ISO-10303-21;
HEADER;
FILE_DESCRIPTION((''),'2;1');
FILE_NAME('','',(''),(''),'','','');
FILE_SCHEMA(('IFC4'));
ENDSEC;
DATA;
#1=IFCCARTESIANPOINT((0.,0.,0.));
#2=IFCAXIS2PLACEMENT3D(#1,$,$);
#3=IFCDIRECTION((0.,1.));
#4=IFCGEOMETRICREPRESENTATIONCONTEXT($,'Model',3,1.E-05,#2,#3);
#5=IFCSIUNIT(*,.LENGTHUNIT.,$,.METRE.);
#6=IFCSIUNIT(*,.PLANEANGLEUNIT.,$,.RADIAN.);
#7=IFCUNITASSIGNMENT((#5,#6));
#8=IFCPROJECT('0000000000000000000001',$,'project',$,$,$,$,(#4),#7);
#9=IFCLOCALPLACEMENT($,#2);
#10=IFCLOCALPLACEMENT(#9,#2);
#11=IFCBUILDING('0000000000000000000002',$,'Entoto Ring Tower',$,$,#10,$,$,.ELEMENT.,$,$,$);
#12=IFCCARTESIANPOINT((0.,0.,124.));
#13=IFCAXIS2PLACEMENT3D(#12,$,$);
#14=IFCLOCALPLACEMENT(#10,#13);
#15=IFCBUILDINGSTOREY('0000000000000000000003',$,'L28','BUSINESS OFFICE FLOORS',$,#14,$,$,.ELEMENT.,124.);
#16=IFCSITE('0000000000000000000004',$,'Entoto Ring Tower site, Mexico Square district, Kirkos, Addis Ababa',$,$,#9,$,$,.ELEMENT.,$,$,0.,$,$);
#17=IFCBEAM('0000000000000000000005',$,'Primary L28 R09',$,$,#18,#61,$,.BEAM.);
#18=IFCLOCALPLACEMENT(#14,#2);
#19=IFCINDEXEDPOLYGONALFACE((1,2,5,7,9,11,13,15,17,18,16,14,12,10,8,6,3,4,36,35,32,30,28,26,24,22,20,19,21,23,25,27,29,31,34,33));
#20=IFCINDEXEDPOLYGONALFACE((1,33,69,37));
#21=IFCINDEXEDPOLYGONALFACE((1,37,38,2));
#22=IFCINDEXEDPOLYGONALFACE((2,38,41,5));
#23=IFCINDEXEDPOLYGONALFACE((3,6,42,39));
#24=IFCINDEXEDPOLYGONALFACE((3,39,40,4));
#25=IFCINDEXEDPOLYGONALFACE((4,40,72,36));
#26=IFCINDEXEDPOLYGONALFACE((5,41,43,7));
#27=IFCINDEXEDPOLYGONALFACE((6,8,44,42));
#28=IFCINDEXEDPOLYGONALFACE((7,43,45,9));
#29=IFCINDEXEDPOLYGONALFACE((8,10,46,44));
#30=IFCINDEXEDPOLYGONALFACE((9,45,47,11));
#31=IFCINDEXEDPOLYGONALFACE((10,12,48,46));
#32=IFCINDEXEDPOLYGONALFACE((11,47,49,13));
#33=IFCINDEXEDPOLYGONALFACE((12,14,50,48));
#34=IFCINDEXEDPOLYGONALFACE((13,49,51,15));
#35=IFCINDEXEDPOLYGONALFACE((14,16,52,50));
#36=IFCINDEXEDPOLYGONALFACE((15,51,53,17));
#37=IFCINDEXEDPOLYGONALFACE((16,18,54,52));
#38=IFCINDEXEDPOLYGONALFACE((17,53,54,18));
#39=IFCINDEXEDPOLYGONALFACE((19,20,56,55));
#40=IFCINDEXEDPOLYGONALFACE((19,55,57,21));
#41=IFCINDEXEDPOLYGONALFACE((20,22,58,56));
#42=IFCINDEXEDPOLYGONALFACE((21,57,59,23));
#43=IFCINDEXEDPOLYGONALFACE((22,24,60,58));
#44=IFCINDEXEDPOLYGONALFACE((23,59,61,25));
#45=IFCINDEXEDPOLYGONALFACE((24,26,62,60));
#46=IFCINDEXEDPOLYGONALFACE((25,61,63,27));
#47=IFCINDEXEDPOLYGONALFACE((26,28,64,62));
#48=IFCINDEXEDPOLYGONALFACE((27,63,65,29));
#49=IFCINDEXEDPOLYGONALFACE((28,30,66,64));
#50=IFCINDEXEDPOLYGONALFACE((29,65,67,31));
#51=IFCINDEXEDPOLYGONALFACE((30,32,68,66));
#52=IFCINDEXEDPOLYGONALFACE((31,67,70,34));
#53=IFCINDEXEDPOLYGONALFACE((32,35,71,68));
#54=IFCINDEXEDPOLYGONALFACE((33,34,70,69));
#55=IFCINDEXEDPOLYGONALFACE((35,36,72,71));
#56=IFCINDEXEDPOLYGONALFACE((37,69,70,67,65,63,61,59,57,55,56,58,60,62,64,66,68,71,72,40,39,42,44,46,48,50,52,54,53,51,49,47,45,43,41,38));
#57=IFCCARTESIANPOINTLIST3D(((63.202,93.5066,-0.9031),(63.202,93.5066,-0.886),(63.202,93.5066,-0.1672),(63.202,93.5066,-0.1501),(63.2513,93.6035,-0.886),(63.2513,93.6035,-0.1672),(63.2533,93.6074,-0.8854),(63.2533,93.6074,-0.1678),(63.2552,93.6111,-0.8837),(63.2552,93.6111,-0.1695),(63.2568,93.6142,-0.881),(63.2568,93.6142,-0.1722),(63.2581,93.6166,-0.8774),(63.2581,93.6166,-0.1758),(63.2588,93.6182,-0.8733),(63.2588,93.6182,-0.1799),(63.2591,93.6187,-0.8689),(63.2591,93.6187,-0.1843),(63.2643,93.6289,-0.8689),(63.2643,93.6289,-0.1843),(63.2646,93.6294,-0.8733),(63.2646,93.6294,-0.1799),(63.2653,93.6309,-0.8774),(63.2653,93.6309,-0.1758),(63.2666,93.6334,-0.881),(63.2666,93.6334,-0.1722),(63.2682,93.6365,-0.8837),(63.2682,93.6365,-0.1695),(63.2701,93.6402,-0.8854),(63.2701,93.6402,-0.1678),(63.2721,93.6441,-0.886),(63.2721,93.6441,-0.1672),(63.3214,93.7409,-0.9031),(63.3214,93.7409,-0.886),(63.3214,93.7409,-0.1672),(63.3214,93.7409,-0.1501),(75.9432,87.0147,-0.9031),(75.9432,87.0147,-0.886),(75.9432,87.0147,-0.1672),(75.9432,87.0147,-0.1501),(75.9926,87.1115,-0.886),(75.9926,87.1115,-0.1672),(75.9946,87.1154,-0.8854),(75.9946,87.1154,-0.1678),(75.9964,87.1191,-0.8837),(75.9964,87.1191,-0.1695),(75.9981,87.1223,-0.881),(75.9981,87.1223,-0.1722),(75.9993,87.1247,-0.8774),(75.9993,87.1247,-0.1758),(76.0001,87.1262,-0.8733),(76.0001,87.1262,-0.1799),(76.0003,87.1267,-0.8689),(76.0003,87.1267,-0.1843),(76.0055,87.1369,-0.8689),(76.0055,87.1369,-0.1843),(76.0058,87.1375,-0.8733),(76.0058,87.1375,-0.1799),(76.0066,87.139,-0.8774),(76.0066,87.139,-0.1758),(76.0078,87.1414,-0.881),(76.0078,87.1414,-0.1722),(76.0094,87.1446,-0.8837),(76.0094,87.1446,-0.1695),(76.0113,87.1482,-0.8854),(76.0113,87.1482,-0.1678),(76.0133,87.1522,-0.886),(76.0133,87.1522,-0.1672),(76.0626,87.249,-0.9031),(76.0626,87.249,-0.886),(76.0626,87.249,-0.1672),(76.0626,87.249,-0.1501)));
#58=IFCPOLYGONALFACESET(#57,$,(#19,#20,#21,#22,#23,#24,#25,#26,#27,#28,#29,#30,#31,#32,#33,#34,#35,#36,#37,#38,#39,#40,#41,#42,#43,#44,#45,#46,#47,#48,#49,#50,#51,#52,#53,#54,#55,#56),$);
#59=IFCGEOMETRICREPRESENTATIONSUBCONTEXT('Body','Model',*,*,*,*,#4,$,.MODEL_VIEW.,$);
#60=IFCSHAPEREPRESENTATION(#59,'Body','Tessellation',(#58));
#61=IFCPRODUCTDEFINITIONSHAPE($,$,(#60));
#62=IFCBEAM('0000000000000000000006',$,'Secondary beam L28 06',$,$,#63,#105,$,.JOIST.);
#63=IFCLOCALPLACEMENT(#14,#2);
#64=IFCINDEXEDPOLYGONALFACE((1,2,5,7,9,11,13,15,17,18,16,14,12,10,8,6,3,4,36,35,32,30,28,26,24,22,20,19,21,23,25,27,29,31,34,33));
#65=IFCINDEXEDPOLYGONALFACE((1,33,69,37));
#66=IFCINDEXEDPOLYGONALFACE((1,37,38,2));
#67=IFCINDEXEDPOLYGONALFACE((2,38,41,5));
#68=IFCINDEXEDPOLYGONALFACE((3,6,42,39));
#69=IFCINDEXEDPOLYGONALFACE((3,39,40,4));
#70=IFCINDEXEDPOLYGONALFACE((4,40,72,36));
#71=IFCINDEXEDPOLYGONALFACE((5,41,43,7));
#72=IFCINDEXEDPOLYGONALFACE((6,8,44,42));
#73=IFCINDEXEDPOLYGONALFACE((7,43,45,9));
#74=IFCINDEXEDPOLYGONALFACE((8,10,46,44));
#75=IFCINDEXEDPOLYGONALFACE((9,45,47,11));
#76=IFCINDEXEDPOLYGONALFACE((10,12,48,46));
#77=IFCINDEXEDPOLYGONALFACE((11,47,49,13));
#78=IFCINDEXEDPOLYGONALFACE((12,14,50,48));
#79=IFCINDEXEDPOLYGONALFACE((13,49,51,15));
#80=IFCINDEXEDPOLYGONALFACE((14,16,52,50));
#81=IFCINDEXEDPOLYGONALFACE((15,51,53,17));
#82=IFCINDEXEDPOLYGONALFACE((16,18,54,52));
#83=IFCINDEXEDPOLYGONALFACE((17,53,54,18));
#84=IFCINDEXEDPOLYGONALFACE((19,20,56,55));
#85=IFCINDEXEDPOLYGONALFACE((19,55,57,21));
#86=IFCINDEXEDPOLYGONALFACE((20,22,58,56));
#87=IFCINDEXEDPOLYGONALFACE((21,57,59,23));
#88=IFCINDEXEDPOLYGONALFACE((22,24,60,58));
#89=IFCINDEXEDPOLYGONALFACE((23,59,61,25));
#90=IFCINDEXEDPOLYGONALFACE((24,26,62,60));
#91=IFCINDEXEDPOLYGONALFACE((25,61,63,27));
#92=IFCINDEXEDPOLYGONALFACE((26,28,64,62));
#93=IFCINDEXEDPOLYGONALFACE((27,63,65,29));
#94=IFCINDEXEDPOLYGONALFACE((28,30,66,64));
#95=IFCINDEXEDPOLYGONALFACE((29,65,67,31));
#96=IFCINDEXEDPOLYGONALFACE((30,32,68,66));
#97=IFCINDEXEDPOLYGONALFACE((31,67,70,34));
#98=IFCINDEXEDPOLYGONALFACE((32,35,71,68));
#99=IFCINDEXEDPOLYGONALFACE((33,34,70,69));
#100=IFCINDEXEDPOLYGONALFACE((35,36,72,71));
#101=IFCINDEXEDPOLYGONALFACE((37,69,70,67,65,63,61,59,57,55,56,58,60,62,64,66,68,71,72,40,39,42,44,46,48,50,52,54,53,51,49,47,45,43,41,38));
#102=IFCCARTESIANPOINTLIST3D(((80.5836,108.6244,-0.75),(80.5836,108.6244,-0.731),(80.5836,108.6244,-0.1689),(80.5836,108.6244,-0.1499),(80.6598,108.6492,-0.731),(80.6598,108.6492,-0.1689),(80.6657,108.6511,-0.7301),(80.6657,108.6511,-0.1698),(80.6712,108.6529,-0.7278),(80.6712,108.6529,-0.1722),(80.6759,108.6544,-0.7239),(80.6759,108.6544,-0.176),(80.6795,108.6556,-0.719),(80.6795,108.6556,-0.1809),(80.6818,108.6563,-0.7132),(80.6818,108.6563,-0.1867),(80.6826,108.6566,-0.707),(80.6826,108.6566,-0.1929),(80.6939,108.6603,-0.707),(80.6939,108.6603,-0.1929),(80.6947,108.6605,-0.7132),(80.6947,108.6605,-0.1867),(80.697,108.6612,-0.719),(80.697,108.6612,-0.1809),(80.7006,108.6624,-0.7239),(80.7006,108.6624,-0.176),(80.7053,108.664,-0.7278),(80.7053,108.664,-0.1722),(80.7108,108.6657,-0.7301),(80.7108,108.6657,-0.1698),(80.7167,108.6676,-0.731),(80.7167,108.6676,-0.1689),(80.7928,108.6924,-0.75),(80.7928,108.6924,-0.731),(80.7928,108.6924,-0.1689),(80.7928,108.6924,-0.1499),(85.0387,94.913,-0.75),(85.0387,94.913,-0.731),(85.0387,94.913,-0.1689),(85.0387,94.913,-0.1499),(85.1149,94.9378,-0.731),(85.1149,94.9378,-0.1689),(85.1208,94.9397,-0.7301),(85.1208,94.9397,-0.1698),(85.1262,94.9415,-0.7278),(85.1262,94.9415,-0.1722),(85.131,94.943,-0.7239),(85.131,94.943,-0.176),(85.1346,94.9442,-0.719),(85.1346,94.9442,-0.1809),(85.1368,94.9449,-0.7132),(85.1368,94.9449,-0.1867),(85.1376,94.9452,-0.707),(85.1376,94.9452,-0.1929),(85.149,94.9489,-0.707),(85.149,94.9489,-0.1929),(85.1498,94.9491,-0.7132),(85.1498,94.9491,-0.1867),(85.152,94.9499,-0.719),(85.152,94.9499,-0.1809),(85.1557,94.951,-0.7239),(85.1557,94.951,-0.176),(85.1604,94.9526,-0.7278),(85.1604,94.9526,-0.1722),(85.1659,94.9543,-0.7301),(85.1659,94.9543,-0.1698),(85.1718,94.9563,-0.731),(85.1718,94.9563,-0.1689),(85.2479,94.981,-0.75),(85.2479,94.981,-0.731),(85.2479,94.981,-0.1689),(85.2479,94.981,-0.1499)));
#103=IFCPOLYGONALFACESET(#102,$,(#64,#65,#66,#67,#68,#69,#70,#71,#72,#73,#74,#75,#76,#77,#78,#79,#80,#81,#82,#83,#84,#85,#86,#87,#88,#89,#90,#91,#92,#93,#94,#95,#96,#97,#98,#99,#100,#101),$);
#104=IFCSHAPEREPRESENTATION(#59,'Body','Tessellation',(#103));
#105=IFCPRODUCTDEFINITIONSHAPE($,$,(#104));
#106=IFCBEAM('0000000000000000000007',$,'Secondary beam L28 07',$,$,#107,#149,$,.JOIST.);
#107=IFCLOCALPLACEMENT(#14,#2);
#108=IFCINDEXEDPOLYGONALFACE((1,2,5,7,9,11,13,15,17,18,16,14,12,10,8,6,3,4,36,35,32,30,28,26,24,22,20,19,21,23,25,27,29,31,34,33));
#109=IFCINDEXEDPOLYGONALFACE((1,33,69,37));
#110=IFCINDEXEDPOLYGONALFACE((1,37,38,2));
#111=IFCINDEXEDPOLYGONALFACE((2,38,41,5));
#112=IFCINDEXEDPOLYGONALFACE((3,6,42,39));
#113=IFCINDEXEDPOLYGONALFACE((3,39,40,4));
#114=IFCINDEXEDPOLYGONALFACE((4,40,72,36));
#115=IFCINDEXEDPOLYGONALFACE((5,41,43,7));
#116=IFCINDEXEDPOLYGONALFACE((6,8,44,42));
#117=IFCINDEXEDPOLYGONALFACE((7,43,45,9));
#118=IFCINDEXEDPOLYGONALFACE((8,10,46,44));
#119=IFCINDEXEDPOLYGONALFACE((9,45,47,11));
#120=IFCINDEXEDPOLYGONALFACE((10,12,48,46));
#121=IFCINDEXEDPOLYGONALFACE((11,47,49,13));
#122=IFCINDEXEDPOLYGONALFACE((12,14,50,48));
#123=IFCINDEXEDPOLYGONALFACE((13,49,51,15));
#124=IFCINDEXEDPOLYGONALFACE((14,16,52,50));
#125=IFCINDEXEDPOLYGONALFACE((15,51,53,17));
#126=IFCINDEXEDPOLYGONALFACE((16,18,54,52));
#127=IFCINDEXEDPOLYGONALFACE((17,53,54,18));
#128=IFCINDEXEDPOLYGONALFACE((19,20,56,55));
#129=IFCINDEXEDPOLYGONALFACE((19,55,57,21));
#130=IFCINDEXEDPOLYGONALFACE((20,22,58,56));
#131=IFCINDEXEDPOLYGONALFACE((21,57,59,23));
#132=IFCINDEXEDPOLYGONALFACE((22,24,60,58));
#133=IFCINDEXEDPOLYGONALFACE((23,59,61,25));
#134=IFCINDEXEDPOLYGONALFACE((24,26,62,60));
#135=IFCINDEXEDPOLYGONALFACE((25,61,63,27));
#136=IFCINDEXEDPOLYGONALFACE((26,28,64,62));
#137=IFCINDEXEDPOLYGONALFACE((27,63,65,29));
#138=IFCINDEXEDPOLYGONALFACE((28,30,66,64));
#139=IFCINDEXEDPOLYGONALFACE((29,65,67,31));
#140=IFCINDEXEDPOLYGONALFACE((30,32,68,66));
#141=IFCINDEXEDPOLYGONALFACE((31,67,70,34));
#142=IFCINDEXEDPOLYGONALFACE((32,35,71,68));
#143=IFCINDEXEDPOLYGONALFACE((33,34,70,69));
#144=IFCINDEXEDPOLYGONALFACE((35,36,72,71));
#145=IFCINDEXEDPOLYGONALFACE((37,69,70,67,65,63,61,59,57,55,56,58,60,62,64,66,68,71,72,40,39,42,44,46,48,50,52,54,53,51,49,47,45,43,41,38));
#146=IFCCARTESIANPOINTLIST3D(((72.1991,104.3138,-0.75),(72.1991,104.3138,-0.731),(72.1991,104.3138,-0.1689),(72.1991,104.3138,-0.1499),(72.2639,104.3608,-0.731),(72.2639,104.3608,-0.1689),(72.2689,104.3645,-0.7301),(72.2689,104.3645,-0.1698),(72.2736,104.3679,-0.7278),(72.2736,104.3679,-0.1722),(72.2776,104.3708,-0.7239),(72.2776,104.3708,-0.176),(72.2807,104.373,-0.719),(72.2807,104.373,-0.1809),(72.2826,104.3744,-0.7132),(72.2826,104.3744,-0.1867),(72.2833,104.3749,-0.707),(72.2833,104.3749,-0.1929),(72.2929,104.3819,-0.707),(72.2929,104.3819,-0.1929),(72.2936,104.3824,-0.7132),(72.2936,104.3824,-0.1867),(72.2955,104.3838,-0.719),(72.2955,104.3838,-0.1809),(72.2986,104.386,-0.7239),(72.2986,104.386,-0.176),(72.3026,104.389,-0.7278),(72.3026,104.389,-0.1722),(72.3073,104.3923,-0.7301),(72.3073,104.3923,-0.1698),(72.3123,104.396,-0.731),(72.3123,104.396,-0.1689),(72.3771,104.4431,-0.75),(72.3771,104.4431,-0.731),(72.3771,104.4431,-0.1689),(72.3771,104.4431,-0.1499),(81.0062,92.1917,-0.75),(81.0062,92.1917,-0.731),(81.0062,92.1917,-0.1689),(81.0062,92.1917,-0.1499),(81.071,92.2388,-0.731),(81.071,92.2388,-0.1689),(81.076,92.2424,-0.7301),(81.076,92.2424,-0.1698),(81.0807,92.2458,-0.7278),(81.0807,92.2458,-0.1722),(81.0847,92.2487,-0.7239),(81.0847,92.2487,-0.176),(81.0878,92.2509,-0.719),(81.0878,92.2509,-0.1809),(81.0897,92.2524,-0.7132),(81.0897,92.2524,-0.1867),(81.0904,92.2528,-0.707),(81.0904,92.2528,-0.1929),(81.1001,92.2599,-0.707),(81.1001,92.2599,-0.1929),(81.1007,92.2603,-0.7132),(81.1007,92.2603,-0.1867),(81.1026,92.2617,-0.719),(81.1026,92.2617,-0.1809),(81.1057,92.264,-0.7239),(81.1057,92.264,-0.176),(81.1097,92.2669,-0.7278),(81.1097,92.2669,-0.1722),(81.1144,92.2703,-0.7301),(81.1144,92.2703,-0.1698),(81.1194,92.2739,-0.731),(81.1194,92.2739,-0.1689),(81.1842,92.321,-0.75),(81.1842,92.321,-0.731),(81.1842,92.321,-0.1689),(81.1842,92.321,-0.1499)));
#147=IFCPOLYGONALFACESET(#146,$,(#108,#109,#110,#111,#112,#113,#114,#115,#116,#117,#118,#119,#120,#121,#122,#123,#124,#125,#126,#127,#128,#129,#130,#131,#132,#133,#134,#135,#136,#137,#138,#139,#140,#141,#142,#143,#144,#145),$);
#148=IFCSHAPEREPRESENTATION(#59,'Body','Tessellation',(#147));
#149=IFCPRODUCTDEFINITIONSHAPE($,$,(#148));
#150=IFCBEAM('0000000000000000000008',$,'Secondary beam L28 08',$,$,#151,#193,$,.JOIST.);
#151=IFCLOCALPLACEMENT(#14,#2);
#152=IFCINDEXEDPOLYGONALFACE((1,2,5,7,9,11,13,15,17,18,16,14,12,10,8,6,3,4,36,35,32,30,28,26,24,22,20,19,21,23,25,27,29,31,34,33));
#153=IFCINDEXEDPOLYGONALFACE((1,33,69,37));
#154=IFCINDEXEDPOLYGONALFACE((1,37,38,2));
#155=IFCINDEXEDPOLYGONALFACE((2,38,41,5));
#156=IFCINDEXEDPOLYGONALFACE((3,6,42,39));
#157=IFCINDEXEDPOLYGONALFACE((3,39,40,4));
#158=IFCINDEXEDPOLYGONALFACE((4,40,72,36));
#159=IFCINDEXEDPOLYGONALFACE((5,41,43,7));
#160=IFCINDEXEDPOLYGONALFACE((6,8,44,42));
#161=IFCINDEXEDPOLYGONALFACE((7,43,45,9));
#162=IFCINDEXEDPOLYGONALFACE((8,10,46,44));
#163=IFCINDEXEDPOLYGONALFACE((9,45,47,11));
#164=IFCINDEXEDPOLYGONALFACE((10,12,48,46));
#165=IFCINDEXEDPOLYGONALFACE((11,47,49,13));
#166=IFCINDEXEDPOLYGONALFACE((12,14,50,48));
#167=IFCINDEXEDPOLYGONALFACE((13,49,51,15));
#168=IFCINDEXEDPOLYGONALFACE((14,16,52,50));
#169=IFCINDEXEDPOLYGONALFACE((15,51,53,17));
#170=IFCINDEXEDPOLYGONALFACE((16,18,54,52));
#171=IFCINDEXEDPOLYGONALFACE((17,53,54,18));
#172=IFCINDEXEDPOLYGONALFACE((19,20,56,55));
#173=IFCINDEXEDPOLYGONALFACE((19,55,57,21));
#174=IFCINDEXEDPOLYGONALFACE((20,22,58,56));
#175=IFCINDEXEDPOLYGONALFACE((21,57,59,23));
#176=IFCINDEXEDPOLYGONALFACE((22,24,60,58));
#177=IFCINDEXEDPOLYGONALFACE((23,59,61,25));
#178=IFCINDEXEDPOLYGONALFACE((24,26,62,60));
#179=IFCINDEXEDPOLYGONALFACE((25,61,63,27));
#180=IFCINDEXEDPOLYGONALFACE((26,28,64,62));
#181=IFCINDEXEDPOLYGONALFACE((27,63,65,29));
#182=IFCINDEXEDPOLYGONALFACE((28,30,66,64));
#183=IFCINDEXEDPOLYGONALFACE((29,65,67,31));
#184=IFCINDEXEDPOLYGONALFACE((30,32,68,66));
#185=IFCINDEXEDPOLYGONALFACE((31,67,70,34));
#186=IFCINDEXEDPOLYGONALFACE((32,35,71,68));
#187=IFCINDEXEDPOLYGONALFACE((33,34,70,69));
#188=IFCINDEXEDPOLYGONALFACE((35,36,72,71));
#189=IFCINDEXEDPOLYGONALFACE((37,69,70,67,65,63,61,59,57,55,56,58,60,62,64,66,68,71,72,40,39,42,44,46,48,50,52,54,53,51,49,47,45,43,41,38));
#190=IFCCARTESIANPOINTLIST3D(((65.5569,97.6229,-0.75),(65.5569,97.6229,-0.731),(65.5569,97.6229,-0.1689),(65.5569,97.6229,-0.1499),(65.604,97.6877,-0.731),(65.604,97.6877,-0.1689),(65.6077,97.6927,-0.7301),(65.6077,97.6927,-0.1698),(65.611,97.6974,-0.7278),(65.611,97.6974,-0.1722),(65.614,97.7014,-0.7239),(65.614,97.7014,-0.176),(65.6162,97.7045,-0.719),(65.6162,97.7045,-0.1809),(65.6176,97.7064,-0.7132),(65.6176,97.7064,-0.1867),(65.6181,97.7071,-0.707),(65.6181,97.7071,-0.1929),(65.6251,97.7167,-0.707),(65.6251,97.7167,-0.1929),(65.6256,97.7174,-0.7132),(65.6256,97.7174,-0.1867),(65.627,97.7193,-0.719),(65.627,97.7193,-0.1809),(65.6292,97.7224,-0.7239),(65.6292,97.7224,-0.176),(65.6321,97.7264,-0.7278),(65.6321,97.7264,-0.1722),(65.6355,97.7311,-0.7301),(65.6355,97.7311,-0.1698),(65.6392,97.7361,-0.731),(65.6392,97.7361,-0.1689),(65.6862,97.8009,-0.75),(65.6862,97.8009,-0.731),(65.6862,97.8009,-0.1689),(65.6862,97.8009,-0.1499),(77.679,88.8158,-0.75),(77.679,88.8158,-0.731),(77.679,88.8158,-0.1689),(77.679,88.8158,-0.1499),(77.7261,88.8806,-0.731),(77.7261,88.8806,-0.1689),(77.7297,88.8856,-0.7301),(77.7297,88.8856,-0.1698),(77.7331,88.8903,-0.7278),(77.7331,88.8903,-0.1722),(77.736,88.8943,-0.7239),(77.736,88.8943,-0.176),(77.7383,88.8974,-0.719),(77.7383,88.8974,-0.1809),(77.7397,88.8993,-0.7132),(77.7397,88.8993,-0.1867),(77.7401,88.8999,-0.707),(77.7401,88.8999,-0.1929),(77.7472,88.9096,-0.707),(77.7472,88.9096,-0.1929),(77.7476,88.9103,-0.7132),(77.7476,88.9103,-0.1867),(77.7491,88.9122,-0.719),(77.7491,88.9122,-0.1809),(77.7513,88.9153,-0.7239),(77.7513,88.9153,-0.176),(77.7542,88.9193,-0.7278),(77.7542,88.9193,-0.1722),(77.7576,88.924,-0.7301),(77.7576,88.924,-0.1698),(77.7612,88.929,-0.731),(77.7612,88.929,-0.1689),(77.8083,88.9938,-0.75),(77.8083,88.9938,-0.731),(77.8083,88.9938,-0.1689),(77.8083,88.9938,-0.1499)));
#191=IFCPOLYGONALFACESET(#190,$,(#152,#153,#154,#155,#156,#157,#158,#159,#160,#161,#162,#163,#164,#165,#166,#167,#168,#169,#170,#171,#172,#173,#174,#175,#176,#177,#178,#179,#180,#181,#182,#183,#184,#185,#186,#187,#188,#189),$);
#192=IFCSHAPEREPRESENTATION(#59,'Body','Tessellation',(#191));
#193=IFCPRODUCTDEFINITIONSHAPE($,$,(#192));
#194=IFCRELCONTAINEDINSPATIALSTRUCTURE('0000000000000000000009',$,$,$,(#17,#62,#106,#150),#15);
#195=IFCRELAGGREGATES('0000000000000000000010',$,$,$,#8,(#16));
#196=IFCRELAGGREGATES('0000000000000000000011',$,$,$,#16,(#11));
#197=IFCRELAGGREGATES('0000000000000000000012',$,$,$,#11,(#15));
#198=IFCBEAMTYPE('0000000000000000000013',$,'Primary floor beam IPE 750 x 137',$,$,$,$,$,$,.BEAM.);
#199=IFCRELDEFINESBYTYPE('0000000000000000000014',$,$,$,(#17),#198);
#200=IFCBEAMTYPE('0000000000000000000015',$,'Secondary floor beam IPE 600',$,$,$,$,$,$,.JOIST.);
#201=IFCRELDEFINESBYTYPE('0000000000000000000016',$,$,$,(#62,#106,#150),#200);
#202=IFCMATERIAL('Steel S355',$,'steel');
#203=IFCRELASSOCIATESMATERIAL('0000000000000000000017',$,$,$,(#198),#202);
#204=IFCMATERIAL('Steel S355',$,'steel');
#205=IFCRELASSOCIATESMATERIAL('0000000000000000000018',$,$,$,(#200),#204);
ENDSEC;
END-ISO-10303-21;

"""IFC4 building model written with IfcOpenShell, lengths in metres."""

from ifc_helpers import new_model, si_unit, direction, frame, origin, origin_2d, place, context, subcontext, project, spatial, i_section, extrude, material, material_profile, profile_set, type_object, element, save


model = new_model("IFC4")

# Units and contexts
model_context = context("Model", 3, precision=1e-05, world=origin(), true_north=direction((0.0, 1.0)))
body_context = subcontext(model_context, "Body", "Model", "MODEL_VIEW")
ifc_project = project(units=[si_unit("LENGTHUNIT", "METRE"), si_unit("PLANEANGLEUNIT", "RADIAN")], contexts=[model_context])

# Site, building, storey
site_placement = place(None, origin())
site = spatial("IfcSite", under=ifc_project, at=site_placement, Name="Entoto Ring Tower site, Mexico Square district, Kirkos, Addis Ababa", CompositionType="ELEMENT", RefElevation=0.0)
building_placement = place(site_placement, origin())
building = spatial("IfcBuilding", under=site, at=building_placement, Name="Entoto Ring Tower", CompositionType="ELEMENT")
storey_placement = place(building_placement, frame((0.0, 0.0, 124.0)))
storey = spatial("IfcBuildingStorey", under=building, at=storey_placement, Name="L28", Description="BUSINESS OFFICE FLOORS", CompositionType="ELEMENT", Elevation=124.0)

# Beams
ifc_material_1 = material(Name="Steel S355", Category="steel")
ifc_material_profile_1 = material_profile(ifc_material_1, i_section(OverallWidth=0.2629, OverallDepth=0.7529, WebThickness=0.0115, FlangeThickness=0.0171, FilletRadius=0.0171, at=origin_2d()), Name="IPE 750 x 137")
ifc_profile_set_1 = profile_set([ifc_material_profile_1], Name="Steel S355")
beam_type_1 = type_object("IfcBeamType", Name="Primary floor beam IPE 750 x 137", PredefinedType="BEAM", material=ifc_profile_set_1)
beam_1_placement = place(storey_placement, frame((76.0029, 87.1318, -0.5266), z_axis=(-0.891007, 0.453989, 0.0), x_axis=(-0.453989, -0.891007, 0.0)))
element("IfcBeam", 1, at=beam_1_placement, inside=storey, type_object=beam_type_1, Name="Primary L28 R09", PredefinedType="BEAM", context=body_context, shape_type="SweptSolid", body=[
    extrude(i_section(OverallWidth=0.2629, OverallDepth=0.7529, WebThickness=0.0115, FlangeThickness=0.0171, FilletRadius=0.0171, at=origin_2d()), origin(), (0.0, 0.0, 1.0), 14.2998),
])
ifc_material_2 = material(Name="Steel S355", Category="steel")
ifc_material_profile_2 = material_profile(ifc_material_2, i_section(OverallWidth=0.22, OverallDepth=0.6001, WebThickness=0.012, FlangeThickness=0.019, FilletRadius=0.0239, at=origin_2d()), Name="IPE 600")
ifc_profile_set_2 = profile_set([ifc_material_profile_2], Name="Steel S355")
beam_type_2 = type_object("IfcBeamType", Name="Secondary floor beam IPE 600", PredefinedType="JOIST", material=ifc_profile_set_2)
beam_2_placement = place(storey_placement, frame((85.1433, 94.947, -0.45), z_axis=(-0.309015, 0.951057, 0.0), x_axis=(-0.951057, -0.309015, 0.0)))
element("IfcBeam", 2, at=beam_2_placement, inside=storey, type_object=beam_type_2, Name="Secondary beam L28 06", PredefinedType="JOIST", context=body_context, shape_type="SweptSolid", body=[
    extrude(i_section(OverallWidth=0.22, OverallDepth=0.6001, WebThickness=0.012, FlangeThickness=0.019, FilletRadius=0.0239, at=origin_2d()), origin(), (0.0, 0.0, 1.0), 14.417),
])
for number, where, z_axis, x_axis, name in (
    (3, (81.0952, 92.2563, -0.45), (-0.587782, 0.809019, 0.0), (-0.809019, -0.587782, 0.0), "Secondary beam L28 07"),
    (4, (77.7437, 88.9048, -0.45), (-0.809019, 0.587782, 0.0), (-0.587782, -0.809019, 0.0), "Secondary beam L28 08"),
):
    element("IfcBeam", number, at=place(storey_placement, frame(where, z_axis=z_axis, x_axis=x_axis)), inside=storey, type_object=beam_type_2, Name=name, PredefinedType="JOIST", context=body_context, shape_type="SweptSolid", body=[
        extrude(i_section(OverallWidth=0.22, OverallDepth=0.6001, WebThickness=0.012, FlangeThickness=0.019, FilletRadius=0.0239, at=origin_2d()), origin(), (0.0, 0.0, 1.0), 14.9836),
    ])

save(model, "model.ifc")
